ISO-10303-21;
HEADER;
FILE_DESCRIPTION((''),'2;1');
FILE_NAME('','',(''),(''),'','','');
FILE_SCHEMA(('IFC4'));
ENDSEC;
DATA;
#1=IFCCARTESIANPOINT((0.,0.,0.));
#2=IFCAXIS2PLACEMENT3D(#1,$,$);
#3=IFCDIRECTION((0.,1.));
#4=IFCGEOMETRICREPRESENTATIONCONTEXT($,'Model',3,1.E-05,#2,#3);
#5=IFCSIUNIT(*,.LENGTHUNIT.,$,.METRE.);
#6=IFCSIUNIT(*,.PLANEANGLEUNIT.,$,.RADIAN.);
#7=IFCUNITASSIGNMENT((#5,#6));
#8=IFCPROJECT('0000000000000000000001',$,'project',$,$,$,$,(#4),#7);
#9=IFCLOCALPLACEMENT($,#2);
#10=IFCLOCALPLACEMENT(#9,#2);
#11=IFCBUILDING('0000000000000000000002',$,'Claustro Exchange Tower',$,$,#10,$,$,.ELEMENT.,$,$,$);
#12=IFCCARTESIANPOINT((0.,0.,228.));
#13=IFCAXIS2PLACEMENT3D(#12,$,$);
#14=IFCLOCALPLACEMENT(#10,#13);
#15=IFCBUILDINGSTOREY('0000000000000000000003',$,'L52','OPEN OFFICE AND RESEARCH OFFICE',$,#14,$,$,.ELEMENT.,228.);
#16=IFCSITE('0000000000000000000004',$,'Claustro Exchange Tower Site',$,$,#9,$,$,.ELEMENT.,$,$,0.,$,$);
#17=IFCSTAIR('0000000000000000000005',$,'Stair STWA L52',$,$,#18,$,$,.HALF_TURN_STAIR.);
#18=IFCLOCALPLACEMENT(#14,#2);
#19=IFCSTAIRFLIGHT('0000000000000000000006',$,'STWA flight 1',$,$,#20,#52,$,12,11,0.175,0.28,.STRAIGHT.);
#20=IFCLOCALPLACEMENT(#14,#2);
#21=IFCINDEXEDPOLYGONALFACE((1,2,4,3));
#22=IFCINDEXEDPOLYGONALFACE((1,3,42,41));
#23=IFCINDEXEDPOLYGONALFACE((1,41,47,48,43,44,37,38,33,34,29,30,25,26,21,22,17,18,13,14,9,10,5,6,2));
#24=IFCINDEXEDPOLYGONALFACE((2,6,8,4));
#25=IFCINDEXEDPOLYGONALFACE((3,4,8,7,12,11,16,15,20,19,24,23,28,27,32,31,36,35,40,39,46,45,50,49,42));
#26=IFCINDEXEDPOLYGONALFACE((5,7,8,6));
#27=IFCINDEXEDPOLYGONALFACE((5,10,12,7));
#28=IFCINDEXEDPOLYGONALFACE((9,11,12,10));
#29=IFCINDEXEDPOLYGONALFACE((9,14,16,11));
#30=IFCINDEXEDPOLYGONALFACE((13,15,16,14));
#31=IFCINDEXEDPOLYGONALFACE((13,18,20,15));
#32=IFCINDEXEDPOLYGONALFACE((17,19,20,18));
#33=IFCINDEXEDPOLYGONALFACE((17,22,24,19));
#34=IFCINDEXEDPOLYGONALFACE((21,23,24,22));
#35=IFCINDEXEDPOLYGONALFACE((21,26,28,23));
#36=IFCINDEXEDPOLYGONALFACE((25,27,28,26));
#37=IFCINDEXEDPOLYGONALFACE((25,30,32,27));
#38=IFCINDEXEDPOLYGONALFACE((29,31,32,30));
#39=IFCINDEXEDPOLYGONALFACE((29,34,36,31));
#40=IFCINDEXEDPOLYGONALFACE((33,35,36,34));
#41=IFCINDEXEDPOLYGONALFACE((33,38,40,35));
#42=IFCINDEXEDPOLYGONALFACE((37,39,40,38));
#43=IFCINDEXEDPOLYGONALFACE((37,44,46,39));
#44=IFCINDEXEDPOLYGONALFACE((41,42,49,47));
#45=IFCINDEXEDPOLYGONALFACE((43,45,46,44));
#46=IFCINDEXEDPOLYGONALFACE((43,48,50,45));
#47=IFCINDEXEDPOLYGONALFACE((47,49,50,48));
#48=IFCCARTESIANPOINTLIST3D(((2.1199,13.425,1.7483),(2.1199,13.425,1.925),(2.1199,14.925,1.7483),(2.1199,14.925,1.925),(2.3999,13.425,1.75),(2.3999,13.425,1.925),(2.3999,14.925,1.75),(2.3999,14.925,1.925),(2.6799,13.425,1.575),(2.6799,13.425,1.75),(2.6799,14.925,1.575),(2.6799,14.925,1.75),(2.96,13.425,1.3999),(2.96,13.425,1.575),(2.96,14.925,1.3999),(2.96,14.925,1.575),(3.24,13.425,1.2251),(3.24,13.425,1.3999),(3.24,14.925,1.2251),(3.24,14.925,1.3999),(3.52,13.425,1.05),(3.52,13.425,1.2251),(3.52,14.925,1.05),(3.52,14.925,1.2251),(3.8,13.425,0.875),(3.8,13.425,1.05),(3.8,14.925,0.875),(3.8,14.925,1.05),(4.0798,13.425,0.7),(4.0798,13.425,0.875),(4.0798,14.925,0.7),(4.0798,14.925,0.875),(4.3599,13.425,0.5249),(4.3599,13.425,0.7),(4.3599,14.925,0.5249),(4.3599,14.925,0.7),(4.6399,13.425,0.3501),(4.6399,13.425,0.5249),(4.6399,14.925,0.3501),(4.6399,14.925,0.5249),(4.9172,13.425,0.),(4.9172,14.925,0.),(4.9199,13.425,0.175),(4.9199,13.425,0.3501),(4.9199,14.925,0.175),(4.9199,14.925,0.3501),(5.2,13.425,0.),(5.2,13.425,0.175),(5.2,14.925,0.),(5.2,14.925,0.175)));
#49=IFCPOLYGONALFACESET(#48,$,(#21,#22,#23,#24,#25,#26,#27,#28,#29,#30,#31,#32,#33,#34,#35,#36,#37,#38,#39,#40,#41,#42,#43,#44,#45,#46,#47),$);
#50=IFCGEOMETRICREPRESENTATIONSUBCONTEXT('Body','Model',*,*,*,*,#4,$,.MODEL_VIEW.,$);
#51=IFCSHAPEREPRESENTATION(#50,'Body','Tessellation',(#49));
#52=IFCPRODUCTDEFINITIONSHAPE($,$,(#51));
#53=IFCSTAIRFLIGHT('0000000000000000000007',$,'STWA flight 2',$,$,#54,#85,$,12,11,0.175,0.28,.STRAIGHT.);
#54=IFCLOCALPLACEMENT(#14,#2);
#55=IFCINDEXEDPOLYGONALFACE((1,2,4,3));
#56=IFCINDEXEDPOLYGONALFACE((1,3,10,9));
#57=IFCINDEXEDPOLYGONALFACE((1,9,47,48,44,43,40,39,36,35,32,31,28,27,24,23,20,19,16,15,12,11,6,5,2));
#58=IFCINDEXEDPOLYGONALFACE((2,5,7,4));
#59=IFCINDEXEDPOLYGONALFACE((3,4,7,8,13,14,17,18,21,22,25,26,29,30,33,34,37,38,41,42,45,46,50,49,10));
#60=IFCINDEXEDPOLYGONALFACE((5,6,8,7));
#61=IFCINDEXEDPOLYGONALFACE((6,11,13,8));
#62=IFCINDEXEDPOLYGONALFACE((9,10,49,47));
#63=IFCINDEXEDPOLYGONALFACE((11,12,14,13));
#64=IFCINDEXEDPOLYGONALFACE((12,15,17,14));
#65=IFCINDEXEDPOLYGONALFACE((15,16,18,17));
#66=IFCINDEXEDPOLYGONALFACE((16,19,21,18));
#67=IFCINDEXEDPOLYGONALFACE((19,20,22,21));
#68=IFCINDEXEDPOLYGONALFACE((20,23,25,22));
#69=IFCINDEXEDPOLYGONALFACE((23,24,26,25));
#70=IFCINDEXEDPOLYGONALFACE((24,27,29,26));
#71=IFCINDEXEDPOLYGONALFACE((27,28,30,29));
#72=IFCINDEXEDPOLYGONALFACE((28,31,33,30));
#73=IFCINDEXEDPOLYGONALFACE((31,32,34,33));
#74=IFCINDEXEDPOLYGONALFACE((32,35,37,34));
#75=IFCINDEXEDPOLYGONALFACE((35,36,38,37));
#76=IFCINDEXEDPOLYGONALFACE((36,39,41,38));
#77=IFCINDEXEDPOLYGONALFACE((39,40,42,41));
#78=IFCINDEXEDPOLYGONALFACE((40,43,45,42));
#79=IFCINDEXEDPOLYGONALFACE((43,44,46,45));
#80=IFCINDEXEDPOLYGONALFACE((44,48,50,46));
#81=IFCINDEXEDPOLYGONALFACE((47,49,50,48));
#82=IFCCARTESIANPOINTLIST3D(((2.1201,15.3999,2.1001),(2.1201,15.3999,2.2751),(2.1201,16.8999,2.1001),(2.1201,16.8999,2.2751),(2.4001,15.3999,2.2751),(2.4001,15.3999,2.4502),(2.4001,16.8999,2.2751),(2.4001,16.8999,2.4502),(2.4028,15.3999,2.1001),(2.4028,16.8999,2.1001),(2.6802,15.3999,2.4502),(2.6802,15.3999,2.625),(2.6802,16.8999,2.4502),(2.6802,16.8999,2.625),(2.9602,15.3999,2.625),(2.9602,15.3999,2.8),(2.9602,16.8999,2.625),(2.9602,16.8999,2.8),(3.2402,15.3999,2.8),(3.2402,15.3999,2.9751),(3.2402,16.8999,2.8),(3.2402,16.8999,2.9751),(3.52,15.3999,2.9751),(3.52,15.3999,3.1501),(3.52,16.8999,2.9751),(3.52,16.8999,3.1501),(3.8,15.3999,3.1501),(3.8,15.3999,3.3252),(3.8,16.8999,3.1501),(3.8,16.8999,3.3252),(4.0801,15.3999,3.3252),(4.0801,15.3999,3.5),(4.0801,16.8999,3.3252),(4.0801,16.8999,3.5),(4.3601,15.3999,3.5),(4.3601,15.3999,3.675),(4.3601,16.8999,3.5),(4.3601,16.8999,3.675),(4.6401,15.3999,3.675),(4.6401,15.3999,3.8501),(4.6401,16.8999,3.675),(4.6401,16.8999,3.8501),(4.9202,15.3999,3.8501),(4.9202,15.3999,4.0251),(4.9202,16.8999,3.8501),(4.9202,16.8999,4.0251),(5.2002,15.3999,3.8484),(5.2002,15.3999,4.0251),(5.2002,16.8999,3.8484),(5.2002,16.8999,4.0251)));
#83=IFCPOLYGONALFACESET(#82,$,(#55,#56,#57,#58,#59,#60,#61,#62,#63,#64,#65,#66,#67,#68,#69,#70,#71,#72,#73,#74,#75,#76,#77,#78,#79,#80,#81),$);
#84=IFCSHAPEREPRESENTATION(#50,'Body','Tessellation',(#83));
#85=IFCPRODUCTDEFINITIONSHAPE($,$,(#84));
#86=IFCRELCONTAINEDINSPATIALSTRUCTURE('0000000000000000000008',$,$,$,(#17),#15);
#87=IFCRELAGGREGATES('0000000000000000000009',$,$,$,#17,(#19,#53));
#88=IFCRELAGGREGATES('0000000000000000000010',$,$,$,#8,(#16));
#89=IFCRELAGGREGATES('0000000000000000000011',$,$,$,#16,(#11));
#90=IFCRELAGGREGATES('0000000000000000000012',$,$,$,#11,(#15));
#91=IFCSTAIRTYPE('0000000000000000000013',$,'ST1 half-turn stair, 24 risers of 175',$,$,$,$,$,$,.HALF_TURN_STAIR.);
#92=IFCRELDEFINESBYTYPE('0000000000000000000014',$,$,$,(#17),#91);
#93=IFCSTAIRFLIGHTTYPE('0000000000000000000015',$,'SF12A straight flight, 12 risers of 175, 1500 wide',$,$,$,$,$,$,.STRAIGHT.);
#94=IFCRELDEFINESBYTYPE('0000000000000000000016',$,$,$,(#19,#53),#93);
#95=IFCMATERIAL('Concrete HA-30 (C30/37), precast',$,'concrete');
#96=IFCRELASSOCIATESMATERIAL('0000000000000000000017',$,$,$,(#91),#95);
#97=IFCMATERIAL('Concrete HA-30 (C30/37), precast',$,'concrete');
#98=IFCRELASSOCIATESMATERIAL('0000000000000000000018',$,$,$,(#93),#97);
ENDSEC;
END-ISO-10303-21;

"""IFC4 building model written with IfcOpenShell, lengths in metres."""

from ifc_helpers import new_model, si_unit, direction, frame, origin, place, context, subcontext, project, spatial, polyline, outline, extrude, material, type_object, element, aggregate, save


model = new_model("IFC4")

# Units and contexts
model_context = context("Model", 3, precision=1e-05, world=origin(), true_north=direction((0.0, 1.0)))
body_context = subcontext(model_context, "Body", "Model", "MODEL_VIEW")
ifc_project = project(units=[si_unit("LENGTHUNIT", "METRE"), si_unit("PLANEANGLEUNIT", "RADIAN")], contexts=[model_context])

# Site, building, storey
site_placement = place(None, origin())
site = spatial("IfcSite", under=ifc_project, at=site_placement, Name="Claustro Exchange Tower Site", CompositionType="ELEMENT", RefElevation=0.0)
building_placement = place(site_placement, origin())
building = spatial("IfcBuilding", under=site, at=building_placement, Name="Claustro Exchange Tower", CompositionType="ELEMENT")
storey_placement = place(building_placement, frame((0.0, 0.0, 228.0)))
storey = spatial("IfcBuildingStorey", under=building, at=storey_placement, Name="L52", Description="OPEN OFFICE AND RESEARCH OFFICE", CompositionType="ELEMENT", Elevation=228.0)

# Stair, stair flights
ifc_material_1 = material(Name="Concrete HA-30 (C30/37), precast", Category="concrete")
stair_type = type_object("IfcStairType", Name="ST1 half-turn stair, 24 risers of 175", PredefinedType="HALF_TURN_STAIR", material=ifc_material_1)
stair_placement = place(storey_placement, origin())
stair = element("IfcStair", 1, at=stair_placement, inside=storey, type_object=stair_type, Name="Stair STWA L52", PredefinedType="HALF_TURN_STAIR")
ifc_material_2 = material(Name="Concrete HA-30 (C30/37), precast", Category="concrete")
stair_flight_type = type_object("IfcStairFlightType", Name="SF12A straight flight, 12 risers of 175, 1500 wide", PredefinedType="STRAIGHT", material=ifc_material_2)
stair_flight_1_placement = place(storey_placement, frame((5.2, 14.175, 0.0), z_axis=(0.0, 0.0, 1.0), x_axis=(-1.0, 0.0, 0.0)))
stair_flight_1 = element("IfcStairFlight", 2, at=stair_flight_1_placement, type_object=stair_flight_type, Name="STWA flight 1", NumberOfRisers=12, NumberOfTreads=11, PredefinedType="STRAIGHT", RiserHeight=0.175, TreadLength=0.28, context=body_context, shape_type="SweptSolid", body=[
    extrude(outline(polyline([(0.0, 0.0), (0.0, 0.175), (0.28, 0.175), (0.28, 0.3501), (0.5601, 0.3501), (0.5601, 0.5249), (0.8401, 0.5249), (0.8401, 0.7), (1.1201, 0.7), (1.1201, 0.875), (1.3999, 0.875), (1.3999, 1.05), (1.6799, 1.05), (1.6799, 1.2251), (1.96, 1.2251), (1.96, 1.3999), (2.24, 1.3999), (2.24, 1.575), (2.52, 1.575), (2.52, 1.75), (2.8, 1.75), (2.8, 1.925), (3.0801, 1.925), (3.0801, 2.1001), (3.0801, 1.7483), (0.2827, 0.0), (0.0, 0.0)])), frame((0.0, 0.75, 0.0), z_axis=(0.0, -1.0, 0.0), x_axis=(1.0, 0.0, 0.0)), (0.0, 0.0, 1.0), 1.5),
])
stair_flight_2_placement = place(storey_placement, frame((2.1201, 16.1499, 2.1001), z_axis=(0.0, 0.0, 1.0), x_axis=(1.0, 0.0, 0.0)))
stair_flight_2 = element("IfcStairFlight", 3, at=stair_flight_2_placement, type_object=stair_flight_type, Name="STWA flight 2", NumberOfRisers=12, NumberOfTreads=11, PredefinedType="STRAIGHT", RiserHeight=0.175, TreadLength=0.28, context=body_context, shape_type="SweptSolid", body=[
    extrude(outline(polyline([(0.0, 0.0), (0.0, 0.175), (0.28, 0.175), (0.28, 0.3501), (0.5601, 0.3501), (0.5601, 0.5249), (0.8401, 0.5249), (0.8401, 0.7), (1.1201, 0.7), (1.1201, 0.875), (1.3999, 0.875), (1.3999, 1.05), (1.6799, 1.05), (1.6799, 1.2251), (1.96, 1.2251), (1.96, 1.3999), (2.24, 1.3999), (2.24, 1.575), (2.52, 1.575), (2.52, 1.75), (2.8, 1.75), (2.8, 1.925), (3.0801, 1.925), (3.0801, 2.1001), (3.0801, 1.7483), (0.2827, 0.0), (0.0, 0.0)])), frame((0.0, 0.75, 0.0), z_axis=(0.0, -1.0, 0.0), x_axis=(1.0, 0.0, 0.0)), (0.0, 0.0, 1.0), 1.5),
])
aggregate(stair, [stair_flight_1, stair_flight_2])

save(model, "model.ifc")
